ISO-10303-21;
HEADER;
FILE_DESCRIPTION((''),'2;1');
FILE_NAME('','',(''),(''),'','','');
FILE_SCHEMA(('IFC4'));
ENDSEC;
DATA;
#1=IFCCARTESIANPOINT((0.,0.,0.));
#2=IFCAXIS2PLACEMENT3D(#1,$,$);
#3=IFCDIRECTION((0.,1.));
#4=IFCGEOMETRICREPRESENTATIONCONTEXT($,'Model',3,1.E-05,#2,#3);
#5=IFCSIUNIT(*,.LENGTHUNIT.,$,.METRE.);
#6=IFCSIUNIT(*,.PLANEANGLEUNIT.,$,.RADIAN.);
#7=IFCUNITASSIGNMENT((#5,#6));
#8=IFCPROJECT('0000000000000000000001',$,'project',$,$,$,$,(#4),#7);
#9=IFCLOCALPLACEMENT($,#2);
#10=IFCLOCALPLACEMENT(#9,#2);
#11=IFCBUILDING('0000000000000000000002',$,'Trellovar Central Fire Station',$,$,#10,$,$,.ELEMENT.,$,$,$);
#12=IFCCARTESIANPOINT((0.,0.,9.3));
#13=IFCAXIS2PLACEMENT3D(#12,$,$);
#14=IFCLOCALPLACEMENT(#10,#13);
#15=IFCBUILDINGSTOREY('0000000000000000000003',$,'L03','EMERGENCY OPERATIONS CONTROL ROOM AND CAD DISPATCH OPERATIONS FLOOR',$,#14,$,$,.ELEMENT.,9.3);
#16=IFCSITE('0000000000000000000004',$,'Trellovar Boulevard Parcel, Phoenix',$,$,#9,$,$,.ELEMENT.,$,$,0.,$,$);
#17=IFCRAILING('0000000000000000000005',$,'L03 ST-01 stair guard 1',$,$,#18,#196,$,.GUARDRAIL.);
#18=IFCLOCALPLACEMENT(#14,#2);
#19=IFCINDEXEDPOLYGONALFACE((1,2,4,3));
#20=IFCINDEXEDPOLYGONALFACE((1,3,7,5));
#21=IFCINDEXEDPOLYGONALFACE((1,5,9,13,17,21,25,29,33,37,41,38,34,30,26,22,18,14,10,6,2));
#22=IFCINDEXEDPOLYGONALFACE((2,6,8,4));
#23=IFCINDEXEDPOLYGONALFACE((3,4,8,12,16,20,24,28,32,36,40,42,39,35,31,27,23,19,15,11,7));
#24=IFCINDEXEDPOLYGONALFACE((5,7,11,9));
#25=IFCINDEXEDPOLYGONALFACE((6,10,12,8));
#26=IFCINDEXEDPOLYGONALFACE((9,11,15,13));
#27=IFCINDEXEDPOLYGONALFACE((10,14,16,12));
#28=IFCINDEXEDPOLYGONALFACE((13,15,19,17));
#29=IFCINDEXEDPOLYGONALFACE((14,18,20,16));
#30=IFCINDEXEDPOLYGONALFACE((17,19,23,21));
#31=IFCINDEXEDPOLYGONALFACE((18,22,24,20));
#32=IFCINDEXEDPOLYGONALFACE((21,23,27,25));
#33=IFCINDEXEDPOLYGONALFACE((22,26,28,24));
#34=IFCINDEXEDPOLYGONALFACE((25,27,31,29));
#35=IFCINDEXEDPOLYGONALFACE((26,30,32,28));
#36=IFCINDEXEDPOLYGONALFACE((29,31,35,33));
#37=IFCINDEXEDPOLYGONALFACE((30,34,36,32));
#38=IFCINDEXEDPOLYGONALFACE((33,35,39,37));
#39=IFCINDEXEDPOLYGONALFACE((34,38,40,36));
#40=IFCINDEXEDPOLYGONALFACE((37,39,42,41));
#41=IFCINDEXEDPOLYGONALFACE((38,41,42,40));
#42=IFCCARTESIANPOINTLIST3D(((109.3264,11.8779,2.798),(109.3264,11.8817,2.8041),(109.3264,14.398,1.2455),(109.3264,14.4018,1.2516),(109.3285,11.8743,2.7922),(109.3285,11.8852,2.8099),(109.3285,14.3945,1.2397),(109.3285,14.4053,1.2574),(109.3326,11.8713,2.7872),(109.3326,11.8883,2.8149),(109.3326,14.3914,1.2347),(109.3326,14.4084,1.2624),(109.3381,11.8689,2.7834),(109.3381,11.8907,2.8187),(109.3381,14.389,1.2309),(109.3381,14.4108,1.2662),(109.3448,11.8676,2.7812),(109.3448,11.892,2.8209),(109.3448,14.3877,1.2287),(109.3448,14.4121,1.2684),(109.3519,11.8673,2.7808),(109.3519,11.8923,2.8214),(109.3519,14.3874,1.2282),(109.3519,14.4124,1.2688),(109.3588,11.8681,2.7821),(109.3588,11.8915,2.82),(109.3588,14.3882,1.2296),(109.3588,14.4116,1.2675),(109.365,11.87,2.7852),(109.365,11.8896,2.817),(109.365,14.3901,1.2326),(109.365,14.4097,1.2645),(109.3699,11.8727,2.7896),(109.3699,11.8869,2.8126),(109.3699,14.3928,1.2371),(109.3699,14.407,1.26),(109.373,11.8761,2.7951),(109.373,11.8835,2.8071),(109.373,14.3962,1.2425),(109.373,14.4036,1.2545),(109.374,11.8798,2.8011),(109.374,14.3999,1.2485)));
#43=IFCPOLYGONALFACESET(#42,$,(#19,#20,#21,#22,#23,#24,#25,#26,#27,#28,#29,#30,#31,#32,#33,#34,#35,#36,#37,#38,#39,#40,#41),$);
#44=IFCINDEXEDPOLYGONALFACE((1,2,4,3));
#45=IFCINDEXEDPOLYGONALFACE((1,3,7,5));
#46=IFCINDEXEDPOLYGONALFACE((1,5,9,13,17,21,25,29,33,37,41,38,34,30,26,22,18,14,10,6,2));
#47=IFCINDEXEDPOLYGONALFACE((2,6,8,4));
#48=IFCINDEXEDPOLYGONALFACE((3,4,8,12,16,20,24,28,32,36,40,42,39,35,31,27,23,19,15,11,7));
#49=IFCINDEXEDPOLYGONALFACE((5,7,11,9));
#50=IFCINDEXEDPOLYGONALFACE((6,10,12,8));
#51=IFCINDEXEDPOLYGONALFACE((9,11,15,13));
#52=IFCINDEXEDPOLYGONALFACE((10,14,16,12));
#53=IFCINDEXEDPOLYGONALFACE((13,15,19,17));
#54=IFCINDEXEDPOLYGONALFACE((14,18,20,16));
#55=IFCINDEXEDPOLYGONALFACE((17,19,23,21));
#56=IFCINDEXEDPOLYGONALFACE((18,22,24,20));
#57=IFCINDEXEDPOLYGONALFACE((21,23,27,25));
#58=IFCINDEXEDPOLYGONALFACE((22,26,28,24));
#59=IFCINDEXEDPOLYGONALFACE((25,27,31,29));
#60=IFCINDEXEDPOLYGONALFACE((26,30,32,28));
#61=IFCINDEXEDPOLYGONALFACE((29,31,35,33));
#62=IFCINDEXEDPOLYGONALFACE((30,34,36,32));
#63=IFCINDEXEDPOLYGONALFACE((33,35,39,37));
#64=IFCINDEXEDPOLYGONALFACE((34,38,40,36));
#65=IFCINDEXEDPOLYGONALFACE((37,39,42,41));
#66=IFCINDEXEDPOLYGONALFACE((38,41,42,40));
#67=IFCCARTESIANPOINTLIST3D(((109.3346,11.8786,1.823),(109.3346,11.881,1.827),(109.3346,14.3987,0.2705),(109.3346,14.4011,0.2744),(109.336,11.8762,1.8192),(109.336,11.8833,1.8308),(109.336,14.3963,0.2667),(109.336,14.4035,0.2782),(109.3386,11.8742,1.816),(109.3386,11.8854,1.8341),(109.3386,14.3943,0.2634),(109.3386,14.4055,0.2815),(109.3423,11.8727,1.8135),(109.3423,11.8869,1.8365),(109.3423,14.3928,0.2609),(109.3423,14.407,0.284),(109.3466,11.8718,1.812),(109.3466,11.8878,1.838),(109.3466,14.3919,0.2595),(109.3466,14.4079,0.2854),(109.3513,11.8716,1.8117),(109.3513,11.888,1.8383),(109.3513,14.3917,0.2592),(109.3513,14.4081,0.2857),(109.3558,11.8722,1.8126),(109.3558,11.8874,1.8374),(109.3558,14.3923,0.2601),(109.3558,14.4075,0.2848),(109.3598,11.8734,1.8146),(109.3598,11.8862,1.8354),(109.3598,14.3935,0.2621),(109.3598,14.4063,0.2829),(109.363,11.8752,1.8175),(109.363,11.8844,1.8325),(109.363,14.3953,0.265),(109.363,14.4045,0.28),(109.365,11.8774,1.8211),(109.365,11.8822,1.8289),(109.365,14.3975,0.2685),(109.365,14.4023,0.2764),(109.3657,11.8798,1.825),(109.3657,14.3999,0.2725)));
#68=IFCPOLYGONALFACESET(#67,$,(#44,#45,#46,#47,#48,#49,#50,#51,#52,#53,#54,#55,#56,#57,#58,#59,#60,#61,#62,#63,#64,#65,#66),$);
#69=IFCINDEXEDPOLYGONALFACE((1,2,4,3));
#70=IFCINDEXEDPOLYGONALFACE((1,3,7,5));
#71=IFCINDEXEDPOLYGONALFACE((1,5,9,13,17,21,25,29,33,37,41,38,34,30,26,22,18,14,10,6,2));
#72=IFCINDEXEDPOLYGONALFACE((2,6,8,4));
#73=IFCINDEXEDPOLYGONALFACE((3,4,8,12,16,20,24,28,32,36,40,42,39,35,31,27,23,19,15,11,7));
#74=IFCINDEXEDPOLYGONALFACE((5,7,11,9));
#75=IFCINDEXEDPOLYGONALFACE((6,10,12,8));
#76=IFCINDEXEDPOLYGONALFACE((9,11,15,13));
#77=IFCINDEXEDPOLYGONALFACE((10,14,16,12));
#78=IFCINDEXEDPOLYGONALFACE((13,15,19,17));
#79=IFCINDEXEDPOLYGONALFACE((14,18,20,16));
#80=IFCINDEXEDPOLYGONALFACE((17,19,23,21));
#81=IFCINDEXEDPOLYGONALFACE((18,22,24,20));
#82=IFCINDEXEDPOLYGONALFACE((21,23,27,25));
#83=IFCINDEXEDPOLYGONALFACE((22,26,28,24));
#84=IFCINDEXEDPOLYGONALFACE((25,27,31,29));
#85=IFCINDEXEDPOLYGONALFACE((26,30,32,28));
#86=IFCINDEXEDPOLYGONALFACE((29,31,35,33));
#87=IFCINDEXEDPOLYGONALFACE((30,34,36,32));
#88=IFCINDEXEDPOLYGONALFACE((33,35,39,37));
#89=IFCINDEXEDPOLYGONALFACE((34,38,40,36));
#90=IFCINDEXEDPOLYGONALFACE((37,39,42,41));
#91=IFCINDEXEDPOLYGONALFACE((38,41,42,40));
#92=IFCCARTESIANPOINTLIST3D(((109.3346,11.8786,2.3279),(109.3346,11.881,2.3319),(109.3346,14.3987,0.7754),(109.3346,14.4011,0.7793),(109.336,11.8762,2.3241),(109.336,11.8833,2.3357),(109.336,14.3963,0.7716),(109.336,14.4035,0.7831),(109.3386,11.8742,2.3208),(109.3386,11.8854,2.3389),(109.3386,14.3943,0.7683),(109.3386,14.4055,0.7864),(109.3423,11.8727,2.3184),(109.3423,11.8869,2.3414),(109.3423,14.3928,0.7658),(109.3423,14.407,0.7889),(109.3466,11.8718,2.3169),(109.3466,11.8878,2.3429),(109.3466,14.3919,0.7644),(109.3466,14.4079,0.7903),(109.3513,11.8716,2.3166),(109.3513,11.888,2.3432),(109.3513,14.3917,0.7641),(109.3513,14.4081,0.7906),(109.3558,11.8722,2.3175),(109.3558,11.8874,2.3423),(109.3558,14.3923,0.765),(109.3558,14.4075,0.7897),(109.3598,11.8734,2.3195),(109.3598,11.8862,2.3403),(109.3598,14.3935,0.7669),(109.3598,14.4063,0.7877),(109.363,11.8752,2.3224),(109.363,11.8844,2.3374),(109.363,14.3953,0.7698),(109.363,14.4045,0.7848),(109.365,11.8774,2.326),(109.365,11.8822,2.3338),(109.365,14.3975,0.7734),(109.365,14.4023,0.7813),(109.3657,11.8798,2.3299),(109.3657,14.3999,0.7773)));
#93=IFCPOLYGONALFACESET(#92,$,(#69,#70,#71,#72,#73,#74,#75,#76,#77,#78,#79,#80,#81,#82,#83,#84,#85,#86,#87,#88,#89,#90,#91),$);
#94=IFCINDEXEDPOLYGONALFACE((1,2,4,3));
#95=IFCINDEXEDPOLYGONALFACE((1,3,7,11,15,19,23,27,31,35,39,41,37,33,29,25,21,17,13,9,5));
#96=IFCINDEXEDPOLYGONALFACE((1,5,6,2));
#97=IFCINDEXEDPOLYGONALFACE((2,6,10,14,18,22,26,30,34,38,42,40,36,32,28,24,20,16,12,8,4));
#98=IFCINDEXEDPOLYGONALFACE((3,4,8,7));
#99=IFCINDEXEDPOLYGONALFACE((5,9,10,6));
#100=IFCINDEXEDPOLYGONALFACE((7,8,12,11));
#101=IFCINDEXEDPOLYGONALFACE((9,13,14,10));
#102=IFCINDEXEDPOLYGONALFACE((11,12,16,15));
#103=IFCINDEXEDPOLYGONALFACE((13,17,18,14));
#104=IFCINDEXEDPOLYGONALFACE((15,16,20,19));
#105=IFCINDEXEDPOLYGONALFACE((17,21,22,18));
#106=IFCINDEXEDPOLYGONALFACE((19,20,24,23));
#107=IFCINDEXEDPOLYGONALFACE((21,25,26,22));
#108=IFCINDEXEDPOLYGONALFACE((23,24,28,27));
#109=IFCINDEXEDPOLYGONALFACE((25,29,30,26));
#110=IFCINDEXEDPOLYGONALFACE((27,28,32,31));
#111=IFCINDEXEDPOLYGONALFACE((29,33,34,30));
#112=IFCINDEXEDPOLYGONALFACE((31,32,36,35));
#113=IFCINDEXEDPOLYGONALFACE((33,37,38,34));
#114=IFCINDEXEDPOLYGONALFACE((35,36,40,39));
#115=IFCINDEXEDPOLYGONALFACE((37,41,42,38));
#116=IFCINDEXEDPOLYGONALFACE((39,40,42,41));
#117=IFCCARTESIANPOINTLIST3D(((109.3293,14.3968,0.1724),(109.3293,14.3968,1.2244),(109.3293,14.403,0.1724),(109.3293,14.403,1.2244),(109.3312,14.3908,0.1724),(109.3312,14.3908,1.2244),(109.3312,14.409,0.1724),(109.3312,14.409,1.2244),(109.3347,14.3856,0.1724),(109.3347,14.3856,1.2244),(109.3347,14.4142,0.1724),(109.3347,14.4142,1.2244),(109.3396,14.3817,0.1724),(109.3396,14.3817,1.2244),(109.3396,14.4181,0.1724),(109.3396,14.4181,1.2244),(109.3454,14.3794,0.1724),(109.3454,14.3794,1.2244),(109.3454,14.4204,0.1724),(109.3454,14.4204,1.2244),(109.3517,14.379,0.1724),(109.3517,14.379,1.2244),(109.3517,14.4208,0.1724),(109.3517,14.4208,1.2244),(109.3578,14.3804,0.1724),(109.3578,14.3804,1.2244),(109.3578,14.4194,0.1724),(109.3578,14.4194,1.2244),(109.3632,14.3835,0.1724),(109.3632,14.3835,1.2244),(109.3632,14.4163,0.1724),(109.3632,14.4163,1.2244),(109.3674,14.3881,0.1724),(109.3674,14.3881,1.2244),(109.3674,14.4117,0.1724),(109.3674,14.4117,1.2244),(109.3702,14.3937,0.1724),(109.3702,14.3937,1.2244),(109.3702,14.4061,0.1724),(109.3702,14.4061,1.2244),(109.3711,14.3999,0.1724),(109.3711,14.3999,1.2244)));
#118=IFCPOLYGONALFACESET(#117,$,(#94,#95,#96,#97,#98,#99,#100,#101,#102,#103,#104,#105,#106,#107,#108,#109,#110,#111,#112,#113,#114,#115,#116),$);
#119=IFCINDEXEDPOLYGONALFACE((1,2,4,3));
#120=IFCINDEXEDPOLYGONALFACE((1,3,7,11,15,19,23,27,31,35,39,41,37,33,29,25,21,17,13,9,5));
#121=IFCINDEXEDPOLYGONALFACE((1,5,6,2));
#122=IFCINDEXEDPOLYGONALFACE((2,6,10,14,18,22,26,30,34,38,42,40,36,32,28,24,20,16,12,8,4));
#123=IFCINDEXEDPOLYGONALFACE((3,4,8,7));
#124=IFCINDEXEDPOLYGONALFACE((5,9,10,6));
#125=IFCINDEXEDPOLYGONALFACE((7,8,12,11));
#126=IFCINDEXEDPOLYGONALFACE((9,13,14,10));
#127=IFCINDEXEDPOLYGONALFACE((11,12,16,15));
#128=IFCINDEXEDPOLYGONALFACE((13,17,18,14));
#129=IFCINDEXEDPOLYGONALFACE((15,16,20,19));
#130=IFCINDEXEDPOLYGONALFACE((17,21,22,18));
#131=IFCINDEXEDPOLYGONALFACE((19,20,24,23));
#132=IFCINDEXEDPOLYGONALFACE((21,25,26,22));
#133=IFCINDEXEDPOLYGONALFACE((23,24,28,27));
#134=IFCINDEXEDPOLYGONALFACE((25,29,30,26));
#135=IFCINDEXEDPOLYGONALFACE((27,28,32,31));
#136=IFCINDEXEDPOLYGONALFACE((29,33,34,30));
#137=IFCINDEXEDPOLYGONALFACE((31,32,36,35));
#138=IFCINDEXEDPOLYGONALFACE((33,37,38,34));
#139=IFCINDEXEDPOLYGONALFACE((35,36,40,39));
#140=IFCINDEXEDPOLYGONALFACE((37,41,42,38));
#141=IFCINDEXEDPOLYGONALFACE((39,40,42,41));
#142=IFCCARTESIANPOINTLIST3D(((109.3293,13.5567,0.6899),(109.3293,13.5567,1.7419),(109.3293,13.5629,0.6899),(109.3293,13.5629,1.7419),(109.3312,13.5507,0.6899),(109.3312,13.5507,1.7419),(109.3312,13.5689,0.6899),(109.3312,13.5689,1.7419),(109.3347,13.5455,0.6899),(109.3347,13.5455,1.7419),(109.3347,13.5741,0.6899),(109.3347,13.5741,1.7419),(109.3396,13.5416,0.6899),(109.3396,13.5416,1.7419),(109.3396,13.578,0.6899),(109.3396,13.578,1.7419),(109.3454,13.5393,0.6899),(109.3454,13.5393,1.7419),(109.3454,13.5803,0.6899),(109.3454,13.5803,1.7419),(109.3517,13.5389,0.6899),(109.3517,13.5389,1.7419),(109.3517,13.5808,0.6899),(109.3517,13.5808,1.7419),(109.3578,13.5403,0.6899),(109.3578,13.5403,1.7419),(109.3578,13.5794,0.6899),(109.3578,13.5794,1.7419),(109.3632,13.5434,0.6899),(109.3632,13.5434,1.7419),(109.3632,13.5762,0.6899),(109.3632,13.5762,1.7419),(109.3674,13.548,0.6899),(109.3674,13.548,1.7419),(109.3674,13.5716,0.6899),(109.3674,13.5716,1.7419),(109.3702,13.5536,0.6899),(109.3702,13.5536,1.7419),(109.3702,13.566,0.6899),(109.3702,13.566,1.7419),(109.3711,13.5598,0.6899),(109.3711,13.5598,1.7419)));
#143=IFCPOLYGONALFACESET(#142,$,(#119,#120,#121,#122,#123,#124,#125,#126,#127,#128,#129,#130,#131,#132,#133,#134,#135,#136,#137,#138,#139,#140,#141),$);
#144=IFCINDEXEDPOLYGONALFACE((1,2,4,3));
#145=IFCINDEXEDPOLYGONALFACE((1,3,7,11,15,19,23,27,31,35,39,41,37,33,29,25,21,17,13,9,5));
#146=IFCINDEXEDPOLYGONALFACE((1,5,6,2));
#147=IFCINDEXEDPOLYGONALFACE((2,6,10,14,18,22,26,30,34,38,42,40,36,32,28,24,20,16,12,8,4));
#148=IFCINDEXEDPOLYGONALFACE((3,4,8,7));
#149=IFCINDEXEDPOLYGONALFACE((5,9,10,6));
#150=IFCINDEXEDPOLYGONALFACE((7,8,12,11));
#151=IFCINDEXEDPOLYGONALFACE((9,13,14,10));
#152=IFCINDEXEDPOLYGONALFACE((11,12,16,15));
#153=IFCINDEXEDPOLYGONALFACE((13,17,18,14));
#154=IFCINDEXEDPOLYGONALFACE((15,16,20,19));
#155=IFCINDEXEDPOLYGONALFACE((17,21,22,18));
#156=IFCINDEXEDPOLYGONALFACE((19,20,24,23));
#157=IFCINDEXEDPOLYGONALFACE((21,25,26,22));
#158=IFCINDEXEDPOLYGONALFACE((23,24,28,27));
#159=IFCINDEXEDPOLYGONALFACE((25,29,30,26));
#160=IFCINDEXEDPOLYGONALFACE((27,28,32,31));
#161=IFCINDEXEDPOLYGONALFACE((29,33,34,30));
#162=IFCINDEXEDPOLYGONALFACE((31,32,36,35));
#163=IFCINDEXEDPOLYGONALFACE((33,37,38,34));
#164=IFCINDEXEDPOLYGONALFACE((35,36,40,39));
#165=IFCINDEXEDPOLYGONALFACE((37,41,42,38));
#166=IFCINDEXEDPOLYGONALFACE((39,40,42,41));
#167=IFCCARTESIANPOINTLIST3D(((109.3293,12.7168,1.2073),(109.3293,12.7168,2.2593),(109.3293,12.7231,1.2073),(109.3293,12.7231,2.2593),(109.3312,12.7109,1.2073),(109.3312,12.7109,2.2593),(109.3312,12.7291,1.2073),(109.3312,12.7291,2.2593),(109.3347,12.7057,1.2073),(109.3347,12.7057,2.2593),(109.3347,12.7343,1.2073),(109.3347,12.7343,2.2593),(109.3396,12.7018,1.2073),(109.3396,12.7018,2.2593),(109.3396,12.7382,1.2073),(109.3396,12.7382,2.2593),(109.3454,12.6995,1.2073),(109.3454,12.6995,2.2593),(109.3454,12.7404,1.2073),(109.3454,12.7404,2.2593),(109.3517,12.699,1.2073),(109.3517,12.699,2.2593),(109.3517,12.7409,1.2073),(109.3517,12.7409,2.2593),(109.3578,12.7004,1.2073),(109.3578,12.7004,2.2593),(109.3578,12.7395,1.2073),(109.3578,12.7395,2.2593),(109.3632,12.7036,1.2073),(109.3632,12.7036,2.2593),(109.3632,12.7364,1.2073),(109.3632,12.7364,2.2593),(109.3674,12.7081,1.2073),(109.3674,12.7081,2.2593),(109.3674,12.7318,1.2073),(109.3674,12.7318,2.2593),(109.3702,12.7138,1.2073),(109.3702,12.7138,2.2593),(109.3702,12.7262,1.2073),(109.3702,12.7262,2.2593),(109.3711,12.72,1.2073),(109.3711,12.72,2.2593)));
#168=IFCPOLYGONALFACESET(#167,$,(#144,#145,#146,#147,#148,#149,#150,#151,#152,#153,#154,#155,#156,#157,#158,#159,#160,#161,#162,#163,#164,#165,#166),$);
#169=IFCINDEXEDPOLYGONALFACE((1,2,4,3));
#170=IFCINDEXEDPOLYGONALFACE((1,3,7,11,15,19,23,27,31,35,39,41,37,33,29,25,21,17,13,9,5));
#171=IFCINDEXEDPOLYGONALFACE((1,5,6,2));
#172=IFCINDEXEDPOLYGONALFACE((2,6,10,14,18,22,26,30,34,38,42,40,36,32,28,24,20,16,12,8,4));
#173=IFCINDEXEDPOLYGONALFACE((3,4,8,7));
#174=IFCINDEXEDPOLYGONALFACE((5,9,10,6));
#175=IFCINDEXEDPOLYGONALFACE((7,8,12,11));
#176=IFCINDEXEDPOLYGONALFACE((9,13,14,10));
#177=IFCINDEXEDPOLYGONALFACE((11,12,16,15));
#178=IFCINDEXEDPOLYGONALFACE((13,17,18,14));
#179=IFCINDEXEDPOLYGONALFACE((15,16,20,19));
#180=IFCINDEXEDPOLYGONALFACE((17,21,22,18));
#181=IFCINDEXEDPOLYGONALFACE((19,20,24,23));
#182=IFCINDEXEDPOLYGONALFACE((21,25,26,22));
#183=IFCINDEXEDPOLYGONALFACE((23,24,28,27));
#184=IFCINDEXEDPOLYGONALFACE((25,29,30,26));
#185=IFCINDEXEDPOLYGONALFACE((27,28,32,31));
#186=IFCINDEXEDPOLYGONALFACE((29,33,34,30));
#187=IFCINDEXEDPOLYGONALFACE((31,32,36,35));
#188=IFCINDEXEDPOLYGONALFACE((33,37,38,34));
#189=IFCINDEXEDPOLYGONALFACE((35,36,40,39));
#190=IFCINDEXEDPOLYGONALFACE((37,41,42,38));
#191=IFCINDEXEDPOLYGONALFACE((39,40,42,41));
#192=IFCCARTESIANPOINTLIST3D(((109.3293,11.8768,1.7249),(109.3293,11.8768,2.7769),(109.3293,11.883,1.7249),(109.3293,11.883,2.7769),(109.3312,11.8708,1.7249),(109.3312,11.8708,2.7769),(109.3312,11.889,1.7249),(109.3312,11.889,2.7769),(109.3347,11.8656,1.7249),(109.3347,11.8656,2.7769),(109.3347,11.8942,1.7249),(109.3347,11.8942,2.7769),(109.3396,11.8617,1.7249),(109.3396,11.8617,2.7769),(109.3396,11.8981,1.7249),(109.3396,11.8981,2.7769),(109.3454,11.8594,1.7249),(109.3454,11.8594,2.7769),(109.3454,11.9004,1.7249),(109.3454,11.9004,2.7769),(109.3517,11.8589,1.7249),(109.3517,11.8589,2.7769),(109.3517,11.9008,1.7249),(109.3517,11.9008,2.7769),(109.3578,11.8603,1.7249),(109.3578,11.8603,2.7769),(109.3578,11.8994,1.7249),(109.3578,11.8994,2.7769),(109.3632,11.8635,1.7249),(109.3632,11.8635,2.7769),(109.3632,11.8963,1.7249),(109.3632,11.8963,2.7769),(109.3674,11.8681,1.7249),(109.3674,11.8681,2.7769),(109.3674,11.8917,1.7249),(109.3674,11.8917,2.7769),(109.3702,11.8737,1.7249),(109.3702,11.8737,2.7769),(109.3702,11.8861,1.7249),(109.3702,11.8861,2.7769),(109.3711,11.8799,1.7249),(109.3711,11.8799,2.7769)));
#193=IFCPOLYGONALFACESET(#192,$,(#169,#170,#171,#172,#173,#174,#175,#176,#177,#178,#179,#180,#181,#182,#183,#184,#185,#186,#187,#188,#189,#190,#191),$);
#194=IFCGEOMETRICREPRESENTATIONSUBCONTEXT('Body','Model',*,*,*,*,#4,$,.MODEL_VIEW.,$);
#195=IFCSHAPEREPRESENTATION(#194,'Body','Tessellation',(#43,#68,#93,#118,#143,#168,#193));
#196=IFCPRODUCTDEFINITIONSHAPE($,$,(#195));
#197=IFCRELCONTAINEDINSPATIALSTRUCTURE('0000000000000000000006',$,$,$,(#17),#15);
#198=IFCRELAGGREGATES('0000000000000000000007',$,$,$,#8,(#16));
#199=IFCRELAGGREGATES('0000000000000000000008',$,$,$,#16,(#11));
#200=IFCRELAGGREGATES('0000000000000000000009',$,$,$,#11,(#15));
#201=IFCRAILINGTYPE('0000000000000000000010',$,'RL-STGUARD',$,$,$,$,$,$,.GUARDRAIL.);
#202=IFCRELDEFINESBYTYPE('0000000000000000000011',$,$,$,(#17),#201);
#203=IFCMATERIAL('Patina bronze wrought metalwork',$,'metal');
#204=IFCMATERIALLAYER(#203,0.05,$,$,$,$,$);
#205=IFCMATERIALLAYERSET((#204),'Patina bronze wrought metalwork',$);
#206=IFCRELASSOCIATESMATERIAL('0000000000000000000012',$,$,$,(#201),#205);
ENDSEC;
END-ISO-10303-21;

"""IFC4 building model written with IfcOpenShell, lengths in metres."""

from ifc_helpers import new_model, si_unit, direction, frame, origin, origin_2d, place, context, subcontext, project, spatial, circle, extrude, material, layer, layer_set, type_object, element, save


model = new_model("IFC4")

# Units and contexts
model_context = context("Model", 3, precision=1e-05, world=origin(), true_north=direction((0.0, 1.0)))
body_context = subcontext(model_context, "Body", "Model", "MODEL_VIEW")
ifc_project = project(units=[si_unit("LENGTHUNIT", "METRE"), si_unit("PLANEANGLEUNIT", "RADIAN")], contexts=[model_context])

# Site, building, storey
site_placement = place(None, origin())
site = spatial("IfcSite", under=ifc_project, at=site_placement, Name="Trellovar Boulevard Parcel, Phoenix", CompositionType="ELEMENT", RefElevation=0.0)
building_placement = place(site_placement, origin())
building = spatial("IfcBuilding", under=site, at=building_placement, Name="Trellovar Central Fire Station", CompositionType="ELEMENT")
storey_placement = place(building_placement, frame((0.0, 0.0, 9.3)))
storey = spatial("IfcBuildingStorey", under=building, at=storey_placement, Name="L03", Description="EMERGENCY OPERATIONS CONTROL ROOM AND CAD DISPATCH OPERATIONS FLOOR", CompositionType="ELEMENT", Elevation=9.3)

# Railing
ifc_material_1 = material(Name="Patina bronze wrought metalwork", Category="metal")
ifc_layer_1 = layer(ifc_material_1, 0.05)
ifc_layer_set_1 = layer_set([ifc_layer_1], Name="Patina bronze wrought metalwork")
railing_type_1 = type_object("IfcRailingType", Name="RL-STGUARD", PredefinedType="GUARDRAIL", material=ifc_layer_set_1)
railing_1_placement = place(storey_placement, frame((109.3501, 14.3999, 0.1724)))
element("IfcRailing", 1, at=railing_1_placement, inside=storey, type_object=railing_type_1, Name="L03 ST-01 stair guard 1", PredefinedType="GUARDRAIL", context=body_context, shape_type="SweptSolid", body=[
    extrude(circle(Radius=0.0239, at=origin_2d()), frame((0.0, 0.0, 1.0762), z_axis=(0.0, -0.8514, 0.524516), x_axis=(1.0, 0.0, 0.0)), (0.0, 0.0, 1.0), 2.96),
    extrude(circle(Radius=0.0156, at=origin_2d()), frame((0.0, 0.0, 0.1001), z_axis=(0.0, -0.8514, 0.524516), x_axis=(1.0, 0.0, 0.0)), (0.0, 0.0, 1.0), 2.96),
    extrude(circle(Radius=0.0156, at=origin_2d()), frame((0.0, 0.0, 0.605), z_axis=(0.0, -0.8514, 0.524516), x_axis=(1.0, 0.0, 0.0)), (0.0, 0.0, 1.0), 2.96),
    extrude(circle(Radius=0.021, at=origin_2d()), origin(), (0.0, 0.0, 1.0), 1.052),
    extrude(circle(Radius=0.021, at=origin_2d()), frame((0.0, -0.8401, 0.5176)), (0.0, 0.0, 1.0), 1.052),
    extrude(circle(Radius=0.021, at=origin_2d()), frame((0.0, -1.6799, 1.0349)), (0.0, 0.0, 1.0), 1.052),
    extrude(circle(Radius=0.021, at=origin_2d()), frame((0.0, -2.52, 1.5525)), (0.0, 0.0, 1.0), 1.052),
])

save(model, "model.ifc")
